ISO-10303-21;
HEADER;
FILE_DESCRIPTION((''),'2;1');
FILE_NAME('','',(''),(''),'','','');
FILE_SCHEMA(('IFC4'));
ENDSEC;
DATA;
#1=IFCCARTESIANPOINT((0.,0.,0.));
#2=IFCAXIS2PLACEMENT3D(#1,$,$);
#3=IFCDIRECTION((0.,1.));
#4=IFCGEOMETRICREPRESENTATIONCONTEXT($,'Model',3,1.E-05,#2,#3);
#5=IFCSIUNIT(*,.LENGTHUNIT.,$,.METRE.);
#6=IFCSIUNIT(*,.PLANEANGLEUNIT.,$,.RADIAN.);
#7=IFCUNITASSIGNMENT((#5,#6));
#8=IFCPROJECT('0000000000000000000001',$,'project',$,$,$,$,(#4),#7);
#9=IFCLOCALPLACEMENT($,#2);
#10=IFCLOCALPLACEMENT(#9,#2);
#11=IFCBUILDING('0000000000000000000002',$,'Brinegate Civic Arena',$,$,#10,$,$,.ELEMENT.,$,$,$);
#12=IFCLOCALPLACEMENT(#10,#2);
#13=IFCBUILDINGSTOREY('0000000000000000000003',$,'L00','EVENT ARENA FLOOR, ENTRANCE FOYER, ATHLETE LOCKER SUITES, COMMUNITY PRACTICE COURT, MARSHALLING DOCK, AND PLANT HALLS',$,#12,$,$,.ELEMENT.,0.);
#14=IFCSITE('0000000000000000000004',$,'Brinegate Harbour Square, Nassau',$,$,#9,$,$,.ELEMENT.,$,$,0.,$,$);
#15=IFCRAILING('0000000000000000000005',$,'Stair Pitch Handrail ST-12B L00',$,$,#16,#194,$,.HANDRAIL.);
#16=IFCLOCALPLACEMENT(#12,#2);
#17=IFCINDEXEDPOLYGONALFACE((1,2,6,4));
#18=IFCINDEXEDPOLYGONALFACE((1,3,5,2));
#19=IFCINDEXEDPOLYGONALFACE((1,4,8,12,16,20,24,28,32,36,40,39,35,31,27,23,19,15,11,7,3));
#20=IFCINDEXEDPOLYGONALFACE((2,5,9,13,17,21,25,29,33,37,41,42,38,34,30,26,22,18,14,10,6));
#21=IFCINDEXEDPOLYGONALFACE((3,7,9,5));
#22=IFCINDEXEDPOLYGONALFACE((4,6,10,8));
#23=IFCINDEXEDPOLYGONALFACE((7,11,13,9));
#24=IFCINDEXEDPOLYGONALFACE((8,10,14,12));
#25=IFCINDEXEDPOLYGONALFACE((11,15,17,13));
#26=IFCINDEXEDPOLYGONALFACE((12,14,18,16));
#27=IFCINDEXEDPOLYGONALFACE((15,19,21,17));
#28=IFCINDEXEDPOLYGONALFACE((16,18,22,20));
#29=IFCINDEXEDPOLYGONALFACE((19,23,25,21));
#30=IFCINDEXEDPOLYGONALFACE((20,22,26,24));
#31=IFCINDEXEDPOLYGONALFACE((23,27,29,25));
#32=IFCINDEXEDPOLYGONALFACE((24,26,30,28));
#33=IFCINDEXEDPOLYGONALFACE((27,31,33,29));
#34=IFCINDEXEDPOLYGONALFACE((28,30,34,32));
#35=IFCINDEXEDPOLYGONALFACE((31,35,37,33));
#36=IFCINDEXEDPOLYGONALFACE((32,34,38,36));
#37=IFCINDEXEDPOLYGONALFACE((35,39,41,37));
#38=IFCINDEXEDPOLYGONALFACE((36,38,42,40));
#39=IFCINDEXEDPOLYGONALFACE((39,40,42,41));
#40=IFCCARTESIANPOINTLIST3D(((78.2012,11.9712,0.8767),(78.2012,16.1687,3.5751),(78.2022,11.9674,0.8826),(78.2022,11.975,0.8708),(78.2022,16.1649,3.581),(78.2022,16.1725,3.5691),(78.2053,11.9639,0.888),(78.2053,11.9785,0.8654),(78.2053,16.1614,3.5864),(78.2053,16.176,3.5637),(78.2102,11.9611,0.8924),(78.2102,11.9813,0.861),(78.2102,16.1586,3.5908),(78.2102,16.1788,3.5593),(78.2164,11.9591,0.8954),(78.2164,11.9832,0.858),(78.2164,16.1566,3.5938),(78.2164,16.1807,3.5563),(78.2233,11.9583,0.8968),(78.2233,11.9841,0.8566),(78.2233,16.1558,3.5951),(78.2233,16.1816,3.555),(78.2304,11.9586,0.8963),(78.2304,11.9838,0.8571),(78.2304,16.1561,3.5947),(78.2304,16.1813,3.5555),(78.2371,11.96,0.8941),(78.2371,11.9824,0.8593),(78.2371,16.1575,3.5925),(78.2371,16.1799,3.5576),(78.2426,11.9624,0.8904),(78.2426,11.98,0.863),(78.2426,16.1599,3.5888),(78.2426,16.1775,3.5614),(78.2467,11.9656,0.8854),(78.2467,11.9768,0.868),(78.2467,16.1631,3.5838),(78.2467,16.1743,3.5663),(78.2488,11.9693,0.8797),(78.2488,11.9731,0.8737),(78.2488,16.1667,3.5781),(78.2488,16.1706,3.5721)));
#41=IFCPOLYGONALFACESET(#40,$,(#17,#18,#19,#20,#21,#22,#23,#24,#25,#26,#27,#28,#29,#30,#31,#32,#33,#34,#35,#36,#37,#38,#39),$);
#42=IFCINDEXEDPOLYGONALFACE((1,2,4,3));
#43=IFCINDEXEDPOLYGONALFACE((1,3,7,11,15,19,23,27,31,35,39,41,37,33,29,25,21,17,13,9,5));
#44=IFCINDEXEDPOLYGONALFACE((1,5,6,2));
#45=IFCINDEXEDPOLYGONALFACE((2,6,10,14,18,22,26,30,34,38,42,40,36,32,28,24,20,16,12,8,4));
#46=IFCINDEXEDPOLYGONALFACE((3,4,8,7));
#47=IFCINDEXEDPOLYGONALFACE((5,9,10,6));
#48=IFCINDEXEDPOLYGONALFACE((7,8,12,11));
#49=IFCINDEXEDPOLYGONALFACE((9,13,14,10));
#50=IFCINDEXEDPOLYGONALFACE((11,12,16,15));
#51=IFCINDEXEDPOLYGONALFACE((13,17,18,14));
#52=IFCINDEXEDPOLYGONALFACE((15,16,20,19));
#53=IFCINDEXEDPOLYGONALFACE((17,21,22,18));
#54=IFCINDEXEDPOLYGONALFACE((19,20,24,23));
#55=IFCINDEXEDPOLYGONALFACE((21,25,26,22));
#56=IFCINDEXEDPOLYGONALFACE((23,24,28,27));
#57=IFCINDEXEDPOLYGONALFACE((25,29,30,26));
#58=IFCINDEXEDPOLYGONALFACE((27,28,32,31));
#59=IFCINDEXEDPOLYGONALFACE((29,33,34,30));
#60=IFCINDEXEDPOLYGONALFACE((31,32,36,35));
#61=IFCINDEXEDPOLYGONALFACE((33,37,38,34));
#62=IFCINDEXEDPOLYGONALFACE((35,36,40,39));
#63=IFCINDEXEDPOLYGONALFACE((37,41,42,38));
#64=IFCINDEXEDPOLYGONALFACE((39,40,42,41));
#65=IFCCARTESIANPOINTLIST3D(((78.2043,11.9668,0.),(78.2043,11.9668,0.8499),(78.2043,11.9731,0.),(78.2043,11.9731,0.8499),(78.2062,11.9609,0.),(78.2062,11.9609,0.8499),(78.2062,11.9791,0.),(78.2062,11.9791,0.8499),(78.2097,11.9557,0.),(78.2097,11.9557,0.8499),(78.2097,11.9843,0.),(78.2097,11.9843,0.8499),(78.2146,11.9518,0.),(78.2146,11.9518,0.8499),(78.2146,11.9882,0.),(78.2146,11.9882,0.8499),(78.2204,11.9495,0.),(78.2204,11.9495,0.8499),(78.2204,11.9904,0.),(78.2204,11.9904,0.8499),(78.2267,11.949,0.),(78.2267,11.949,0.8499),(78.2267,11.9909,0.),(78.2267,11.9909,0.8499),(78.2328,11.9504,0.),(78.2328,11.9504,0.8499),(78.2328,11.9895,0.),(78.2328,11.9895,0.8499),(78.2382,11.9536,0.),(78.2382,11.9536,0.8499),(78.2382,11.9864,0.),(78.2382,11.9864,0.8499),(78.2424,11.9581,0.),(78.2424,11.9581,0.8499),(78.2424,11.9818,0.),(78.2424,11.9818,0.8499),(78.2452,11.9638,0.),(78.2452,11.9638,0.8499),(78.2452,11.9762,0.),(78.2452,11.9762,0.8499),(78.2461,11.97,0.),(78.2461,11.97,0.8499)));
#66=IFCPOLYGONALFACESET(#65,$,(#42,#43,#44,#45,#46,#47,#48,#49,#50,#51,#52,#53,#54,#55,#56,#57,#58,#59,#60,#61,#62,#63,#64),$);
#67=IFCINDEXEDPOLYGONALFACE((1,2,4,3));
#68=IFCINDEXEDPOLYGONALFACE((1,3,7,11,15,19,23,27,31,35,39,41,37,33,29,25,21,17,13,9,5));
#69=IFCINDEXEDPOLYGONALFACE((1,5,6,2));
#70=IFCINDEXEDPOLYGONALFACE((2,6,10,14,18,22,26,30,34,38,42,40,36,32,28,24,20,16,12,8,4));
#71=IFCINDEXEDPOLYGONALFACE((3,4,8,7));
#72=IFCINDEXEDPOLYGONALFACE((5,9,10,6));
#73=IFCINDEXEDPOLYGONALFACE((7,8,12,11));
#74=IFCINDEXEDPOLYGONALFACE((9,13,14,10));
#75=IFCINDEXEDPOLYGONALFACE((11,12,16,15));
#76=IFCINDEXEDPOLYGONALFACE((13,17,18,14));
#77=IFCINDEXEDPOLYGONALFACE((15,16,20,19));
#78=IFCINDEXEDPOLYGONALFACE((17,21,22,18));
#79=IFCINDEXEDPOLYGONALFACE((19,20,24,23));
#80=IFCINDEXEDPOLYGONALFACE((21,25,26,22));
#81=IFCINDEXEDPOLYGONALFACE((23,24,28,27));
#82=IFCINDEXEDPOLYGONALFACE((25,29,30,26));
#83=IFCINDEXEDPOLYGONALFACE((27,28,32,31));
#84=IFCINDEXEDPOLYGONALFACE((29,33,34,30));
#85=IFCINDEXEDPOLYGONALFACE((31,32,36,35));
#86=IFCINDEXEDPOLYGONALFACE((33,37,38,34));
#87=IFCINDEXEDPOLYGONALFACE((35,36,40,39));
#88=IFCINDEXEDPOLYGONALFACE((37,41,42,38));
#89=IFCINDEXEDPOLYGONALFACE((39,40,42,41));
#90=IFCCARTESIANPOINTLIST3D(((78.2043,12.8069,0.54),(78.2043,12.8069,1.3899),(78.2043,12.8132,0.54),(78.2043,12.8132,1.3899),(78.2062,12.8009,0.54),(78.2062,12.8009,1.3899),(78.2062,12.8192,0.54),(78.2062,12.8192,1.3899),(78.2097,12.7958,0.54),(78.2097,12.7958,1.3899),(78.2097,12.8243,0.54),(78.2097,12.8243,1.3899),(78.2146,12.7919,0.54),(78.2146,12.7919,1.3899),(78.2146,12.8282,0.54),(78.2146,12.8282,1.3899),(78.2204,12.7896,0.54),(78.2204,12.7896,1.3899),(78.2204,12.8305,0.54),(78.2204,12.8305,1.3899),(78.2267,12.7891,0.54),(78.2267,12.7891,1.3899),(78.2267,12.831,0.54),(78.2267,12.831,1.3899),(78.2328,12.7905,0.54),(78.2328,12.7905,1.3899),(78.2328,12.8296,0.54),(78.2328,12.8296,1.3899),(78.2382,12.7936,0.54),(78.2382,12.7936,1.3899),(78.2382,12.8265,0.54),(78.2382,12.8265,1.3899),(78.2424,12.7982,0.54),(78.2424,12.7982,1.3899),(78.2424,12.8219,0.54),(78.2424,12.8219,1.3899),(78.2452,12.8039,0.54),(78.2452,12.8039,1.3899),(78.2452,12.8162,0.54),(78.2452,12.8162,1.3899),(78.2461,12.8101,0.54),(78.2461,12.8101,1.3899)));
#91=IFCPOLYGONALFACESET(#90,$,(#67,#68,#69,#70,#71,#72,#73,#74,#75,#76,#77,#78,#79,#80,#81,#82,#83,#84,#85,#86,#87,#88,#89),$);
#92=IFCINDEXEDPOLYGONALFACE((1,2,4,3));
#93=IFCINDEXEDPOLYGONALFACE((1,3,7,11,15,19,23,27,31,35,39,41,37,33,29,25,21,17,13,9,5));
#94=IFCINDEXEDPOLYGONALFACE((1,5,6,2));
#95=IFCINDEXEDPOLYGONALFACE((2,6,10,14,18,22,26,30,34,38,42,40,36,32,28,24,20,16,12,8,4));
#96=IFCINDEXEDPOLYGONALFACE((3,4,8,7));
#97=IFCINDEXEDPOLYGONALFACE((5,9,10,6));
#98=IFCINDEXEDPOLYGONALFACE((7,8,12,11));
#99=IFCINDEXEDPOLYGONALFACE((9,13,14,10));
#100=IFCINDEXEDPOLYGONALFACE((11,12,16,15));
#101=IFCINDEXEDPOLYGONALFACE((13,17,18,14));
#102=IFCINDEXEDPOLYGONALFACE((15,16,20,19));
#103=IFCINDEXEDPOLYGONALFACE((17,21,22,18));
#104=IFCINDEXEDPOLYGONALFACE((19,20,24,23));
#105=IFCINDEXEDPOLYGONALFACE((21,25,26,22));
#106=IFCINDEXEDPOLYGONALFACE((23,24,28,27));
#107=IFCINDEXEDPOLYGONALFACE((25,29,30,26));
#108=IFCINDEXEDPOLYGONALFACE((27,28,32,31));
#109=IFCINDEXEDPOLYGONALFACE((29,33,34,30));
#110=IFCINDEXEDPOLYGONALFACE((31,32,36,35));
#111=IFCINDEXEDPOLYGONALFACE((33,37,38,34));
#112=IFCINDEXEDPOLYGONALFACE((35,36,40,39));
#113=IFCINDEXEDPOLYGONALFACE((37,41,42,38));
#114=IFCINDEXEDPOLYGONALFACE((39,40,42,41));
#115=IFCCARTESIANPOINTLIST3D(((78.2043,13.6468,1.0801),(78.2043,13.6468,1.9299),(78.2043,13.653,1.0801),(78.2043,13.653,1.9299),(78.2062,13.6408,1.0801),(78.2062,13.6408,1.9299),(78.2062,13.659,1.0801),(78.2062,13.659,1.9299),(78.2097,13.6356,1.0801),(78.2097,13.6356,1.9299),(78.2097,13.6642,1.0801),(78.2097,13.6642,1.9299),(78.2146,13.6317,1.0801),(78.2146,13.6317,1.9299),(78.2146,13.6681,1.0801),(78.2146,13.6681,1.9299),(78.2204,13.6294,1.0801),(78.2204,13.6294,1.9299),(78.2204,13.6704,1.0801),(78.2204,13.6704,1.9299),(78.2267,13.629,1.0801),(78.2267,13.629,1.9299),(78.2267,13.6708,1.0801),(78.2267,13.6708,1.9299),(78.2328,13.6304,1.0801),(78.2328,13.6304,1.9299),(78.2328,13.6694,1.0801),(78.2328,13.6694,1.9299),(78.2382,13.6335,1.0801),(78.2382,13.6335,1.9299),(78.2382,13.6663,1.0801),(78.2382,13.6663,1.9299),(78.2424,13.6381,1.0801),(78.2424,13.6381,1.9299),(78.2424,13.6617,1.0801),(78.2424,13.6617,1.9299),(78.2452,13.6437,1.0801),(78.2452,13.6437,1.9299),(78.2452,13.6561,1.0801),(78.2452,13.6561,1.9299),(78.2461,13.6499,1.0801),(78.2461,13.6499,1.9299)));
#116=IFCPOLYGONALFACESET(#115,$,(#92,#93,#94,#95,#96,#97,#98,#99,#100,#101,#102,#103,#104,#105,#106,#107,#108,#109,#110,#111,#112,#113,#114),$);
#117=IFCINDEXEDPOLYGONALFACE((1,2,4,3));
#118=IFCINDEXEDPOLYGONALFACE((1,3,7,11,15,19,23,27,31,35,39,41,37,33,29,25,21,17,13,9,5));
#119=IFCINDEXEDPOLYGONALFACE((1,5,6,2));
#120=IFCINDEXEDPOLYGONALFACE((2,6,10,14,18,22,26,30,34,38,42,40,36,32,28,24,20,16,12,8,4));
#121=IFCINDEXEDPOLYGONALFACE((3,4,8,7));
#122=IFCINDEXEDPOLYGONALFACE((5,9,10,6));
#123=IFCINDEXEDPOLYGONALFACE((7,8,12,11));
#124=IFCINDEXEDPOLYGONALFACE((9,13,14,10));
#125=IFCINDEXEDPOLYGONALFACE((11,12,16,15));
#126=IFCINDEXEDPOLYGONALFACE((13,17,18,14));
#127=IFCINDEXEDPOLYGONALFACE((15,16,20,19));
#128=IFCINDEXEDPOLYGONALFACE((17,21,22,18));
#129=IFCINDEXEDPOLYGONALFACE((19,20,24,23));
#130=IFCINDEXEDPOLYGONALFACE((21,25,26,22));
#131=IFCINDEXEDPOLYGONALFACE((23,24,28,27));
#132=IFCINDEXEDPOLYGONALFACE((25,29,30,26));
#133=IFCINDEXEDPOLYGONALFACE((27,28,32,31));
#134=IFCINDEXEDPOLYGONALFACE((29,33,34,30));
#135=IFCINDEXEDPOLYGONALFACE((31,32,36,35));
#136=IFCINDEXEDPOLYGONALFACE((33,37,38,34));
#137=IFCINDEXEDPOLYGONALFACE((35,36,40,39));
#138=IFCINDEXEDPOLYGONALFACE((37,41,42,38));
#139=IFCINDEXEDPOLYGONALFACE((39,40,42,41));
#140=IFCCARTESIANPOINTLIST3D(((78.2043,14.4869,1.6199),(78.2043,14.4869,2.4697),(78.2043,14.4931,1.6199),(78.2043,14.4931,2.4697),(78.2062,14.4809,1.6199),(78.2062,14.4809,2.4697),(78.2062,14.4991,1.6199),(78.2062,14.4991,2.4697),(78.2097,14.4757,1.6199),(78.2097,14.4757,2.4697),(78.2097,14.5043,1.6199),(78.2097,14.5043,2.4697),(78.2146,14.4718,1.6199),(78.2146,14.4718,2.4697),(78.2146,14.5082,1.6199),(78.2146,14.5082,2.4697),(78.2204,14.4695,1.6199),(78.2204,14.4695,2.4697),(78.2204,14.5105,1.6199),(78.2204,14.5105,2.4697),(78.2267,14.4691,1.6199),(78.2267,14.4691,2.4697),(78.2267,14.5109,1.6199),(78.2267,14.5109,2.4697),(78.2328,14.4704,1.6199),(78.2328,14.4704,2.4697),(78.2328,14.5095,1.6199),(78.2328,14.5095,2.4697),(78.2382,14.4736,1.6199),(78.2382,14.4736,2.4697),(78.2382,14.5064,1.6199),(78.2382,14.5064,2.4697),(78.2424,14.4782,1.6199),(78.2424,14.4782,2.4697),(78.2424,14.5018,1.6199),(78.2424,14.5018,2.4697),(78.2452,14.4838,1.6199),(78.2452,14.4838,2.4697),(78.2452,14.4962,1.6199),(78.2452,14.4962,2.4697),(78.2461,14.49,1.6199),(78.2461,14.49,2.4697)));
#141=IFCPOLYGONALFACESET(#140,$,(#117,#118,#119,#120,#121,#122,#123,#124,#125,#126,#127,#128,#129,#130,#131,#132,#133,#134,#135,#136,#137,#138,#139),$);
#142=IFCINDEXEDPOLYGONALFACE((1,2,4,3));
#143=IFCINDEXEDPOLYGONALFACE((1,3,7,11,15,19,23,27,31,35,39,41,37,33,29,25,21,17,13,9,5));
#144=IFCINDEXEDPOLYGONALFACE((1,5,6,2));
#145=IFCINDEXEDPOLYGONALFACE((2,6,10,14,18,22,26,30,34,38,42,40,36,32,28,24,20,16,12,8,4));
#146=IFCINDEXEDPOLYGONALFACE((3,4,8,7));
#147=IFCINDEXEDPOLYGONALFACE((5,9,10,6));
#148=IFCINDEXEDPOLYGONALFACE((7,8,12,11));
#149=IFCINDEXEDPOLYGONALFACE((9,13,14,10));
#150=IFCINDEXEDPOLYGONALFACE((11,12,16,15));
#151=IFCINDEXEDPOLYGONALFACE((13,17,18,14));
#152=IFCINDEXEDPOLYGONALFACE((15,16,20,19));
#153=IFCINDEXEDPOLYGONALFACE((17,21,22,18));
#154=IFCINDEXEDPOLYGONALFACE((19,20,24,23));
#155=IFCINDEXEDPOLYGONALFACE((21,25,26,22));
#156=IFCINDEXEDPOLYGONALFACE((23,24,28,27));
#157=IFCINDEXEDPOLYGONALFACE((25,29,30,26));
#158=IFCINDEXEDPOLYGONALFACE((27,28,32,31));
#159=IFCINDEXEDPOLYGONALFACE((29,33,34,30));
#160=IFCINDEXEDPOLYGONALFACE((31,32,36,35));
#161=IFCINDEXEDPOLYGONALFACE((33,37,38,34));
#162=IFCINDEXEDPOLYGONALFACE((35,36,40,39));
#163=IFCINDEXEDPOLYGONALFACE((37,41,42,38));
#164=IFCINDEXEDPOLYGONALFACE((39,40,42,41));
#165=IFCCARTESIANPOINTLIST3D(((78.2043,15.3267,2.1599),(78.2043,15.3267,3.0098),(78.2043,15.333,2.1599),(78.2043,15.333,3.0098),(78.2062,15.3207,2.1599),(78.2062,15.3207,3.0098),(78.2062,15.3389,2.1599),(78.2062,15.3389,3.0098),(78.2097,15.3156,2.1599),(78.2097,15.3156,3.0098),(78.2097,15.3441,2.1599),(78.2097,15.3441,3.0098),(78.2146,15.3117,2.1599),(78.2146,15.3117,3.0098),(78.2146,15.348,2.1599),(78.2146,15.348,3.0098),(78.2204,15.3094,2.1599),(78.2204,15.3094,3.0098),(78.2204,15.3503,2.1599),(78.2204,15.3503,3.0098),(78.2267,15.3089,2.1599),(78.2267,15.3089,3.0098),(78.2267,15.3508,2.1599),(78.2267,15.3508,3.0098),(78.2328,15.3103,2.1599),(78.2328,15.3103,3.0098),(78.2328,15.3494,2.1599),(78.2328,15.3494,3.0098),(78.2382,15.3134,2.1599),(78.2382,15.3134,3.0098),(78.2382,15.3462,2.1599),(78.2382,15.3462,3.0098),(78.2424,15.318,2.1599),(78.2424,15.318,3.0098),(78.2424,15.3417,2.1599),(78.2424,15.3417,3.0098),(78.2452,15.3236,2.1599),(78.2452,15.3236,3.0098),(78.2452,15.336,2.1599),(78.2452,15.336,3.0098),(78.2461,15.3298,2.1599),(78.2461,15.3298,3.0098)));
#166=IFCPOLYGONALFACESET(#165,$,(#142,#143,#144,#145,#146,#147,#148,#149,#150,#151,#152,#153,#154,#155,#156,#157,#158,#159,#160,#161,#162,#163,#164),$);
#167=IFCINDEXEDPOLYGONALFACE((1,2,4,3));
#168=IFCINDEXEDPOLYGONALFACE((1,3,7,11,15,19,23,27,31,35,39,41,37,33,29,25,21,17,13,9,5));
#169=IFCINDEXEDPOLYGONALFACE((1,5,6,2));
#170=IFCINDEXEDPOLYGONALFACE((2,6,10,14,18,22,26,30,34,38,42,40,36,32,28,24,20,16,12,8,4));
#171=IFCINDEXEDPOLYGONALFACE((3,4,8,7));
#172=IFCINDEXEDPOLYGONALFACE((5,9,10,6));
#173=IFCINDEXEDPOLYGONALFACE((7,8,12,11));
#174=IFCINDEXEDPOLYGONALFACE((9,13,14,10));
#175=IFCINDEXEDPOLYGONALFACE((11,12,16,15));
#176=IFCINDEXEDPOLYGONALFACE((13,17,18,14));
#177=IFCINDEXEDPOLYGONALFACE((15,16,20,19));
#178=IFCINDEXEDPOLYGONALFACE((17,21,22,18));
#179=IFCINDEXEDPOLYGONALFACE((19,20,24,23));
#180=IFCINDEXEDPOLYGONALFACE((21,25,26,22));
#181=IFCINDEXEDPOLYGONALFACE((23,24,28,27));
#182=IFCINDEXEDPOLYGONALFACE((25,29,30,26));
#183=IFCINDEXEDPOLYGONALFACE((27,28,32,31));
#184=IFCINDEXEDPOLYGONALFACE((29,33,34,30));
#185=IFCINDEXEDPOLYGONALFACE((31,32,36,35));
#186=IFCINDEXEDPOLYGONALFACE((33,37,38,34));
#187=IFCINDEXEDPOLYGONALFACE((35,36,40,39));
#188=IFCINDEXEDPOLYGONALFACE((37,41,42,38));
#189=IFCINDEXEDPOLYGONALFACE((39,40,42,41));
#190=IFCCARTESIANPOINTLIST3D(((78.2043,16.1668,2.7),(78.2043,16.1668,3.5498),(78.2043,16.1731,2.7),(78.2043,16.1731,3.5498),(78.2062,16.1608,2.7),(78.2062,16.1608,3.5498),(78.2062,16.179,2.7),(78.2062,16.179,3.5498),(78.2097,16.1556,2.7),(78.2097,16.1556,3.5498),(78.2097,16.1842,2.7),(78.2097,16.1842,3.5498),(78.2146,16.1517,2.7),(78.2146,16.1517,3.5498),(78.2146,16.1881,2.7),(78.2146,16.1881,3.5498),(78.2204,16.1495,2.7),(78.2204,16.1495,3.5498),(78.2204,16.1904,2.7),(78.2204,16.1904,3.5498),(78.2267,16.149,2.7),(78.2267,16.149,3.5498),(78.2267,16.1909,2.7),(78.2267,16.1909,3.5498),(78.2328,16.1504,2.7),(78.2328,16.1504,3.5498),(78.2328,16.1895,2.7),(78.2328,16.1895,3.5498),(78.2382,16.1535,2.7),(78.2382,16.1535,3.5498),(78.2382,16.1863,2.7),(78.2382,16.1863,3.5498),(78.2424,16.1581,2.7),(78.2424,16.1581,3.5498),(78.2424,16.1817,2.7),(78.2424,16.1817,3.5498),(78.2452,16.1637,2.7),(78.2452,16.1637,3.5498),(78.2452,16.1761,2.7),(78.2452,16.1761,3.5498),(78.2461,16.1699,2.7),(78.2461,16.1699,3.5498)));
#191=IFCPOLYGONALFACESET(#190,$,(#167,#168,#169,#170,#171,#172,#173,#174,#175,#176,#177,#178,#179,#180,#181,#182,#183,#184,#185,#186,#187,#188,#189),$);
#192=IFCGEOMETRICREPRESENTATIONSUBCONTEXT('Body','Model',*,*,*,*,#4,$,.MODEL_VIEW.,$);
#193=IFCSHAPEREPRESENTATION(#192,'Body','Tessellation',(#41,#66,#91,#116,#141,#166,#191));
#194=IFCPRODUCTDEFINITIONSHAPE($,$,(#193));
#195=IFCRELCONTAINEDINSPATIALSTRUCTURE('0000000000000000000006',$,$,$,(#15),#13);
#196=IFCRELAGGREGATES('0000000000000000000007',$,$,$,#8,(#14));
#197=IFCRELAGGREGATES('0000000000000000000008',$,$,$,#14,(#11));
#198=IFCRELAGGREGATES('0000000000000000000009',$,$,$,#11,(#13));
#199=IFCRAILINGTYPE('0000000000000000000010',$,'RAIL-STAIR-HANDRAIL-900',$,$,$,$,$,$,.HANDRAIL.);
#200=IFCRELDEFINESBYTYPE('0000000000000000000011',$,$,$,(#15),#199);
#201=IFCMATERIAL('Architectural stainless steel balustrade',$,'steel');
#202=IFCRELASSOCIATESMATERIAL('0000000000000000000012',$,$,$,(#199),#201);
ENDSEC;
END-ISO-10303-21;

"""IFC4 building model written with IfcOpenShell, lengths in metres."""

from ifc_helpers import new_model, si_unit, direction, frame, origin, origin_2d, place, context, subcontext, project, spatial, circle, extrude, material, type_object, element, save


model = new_model("IFC4")

# Units and contexts
model_context = context("Model", 3, precision=1e-05, world=origin(), true_north=direction((0.0, 1.0)))
body_context = subcontext(model_context, "Body", "Model", "MODEL_VIEW")
ifc_project = project(units=[si_unit("LENGTHUNIT", "METRE"), si_unit("PLANEANGLEUNIT", "RADIAN")], contexts=[model_context])

# Site, building, storey
site_placement = place(None, origin())
site = spatial("IfcSite", under=ifc_project, at=site_placement, Name="Brinegate Harbour Square, Nassau", CompositionType="ELEMENT", RefElevation=0.0)
building_placement = place(site_placement, origin())
building = spatial("IfcBuilding", under=site, at=building_placement, Name="Brinegate Civic Arena", CompositionType="ELEMENT")
storey_placement = place(building_placement, origin())
storey = spatial("IfcBuildingStorey", under=building, at=storey_placement, Name="L00", Description="EVENT ARENA FLOOR, ENTRANCE FOYER, ATHLETE LOCKER SUITES, COMMUNITY PRACTICE COURT, MARSHALLING DOCK, AND PLANT HALLS", CompositionType="ELEMENT", Elevation=0.0)

# Railing
ifc_material_1 = material(Name="Architectural stainless steel balustrade", Category="steel")
railing_type = type_object("IfcRailingType", Name="RAIL-STAIR-HANDRAIL-900", PredefinedType="HANDRAIL", material=ifc_material_1)
for number, where, name in (
    (1, (78.2251, 11.97, 0.0), "Stair Pitch Handrail ST-12B L00"),
):
    element("IfcRailing", number, at=place(storey_placement, frame(where)), inside=storey, type_object=railing_type, Name=name, PredefinedType="HANDRAIL", context=body_context, shape_type="SweptSolid", body=[
        extrude(circle(Radius=0.0239, at=origin_2d()), frame((0.0, 0.0012, 0.8767), z_axis=(0.0, 0.84118, 0.540755), x_axis=(-1.0, 0.0, 0.0)), (0.0, 0.0, 1.0), 4.99),
        extrude(circle(Radius=0.021, at=origin_2d()), origin(), (0.0, 0.0, 1.0), 0.8499),
        extrude(circle(Radius=0.021, at=origin_2d()), frame((0.0, 0.8401, 0.54)), (0.0, 0.0, 1.0), 0.8499),
        extrude(circle(Radius=0.021, at=origin_2d()), frame((0.0, 1.6799, 1.0801)), (0.0, 0.0, 1.0), 0.8499),
        extrude(circle(Radius=0.021, at=origin_2d()), frame((0.0, 2.52, 1.6199)), (0.0, 0.0, 1.0), 0.8499),
        extrude(circle(Radius=0.021, at=origin_2d()), frame((0.0, 3.3599, 2.1599)), (0.0, 0.0, 1.0), 0.8499),
        extrude(circle(Radius=0.021, at=origin_2d()), frame((0.0, 4.2, 2.7)), (0.0, 0.0, 1.0), 0.8499),
    ])

save(model, "model.ifc")
